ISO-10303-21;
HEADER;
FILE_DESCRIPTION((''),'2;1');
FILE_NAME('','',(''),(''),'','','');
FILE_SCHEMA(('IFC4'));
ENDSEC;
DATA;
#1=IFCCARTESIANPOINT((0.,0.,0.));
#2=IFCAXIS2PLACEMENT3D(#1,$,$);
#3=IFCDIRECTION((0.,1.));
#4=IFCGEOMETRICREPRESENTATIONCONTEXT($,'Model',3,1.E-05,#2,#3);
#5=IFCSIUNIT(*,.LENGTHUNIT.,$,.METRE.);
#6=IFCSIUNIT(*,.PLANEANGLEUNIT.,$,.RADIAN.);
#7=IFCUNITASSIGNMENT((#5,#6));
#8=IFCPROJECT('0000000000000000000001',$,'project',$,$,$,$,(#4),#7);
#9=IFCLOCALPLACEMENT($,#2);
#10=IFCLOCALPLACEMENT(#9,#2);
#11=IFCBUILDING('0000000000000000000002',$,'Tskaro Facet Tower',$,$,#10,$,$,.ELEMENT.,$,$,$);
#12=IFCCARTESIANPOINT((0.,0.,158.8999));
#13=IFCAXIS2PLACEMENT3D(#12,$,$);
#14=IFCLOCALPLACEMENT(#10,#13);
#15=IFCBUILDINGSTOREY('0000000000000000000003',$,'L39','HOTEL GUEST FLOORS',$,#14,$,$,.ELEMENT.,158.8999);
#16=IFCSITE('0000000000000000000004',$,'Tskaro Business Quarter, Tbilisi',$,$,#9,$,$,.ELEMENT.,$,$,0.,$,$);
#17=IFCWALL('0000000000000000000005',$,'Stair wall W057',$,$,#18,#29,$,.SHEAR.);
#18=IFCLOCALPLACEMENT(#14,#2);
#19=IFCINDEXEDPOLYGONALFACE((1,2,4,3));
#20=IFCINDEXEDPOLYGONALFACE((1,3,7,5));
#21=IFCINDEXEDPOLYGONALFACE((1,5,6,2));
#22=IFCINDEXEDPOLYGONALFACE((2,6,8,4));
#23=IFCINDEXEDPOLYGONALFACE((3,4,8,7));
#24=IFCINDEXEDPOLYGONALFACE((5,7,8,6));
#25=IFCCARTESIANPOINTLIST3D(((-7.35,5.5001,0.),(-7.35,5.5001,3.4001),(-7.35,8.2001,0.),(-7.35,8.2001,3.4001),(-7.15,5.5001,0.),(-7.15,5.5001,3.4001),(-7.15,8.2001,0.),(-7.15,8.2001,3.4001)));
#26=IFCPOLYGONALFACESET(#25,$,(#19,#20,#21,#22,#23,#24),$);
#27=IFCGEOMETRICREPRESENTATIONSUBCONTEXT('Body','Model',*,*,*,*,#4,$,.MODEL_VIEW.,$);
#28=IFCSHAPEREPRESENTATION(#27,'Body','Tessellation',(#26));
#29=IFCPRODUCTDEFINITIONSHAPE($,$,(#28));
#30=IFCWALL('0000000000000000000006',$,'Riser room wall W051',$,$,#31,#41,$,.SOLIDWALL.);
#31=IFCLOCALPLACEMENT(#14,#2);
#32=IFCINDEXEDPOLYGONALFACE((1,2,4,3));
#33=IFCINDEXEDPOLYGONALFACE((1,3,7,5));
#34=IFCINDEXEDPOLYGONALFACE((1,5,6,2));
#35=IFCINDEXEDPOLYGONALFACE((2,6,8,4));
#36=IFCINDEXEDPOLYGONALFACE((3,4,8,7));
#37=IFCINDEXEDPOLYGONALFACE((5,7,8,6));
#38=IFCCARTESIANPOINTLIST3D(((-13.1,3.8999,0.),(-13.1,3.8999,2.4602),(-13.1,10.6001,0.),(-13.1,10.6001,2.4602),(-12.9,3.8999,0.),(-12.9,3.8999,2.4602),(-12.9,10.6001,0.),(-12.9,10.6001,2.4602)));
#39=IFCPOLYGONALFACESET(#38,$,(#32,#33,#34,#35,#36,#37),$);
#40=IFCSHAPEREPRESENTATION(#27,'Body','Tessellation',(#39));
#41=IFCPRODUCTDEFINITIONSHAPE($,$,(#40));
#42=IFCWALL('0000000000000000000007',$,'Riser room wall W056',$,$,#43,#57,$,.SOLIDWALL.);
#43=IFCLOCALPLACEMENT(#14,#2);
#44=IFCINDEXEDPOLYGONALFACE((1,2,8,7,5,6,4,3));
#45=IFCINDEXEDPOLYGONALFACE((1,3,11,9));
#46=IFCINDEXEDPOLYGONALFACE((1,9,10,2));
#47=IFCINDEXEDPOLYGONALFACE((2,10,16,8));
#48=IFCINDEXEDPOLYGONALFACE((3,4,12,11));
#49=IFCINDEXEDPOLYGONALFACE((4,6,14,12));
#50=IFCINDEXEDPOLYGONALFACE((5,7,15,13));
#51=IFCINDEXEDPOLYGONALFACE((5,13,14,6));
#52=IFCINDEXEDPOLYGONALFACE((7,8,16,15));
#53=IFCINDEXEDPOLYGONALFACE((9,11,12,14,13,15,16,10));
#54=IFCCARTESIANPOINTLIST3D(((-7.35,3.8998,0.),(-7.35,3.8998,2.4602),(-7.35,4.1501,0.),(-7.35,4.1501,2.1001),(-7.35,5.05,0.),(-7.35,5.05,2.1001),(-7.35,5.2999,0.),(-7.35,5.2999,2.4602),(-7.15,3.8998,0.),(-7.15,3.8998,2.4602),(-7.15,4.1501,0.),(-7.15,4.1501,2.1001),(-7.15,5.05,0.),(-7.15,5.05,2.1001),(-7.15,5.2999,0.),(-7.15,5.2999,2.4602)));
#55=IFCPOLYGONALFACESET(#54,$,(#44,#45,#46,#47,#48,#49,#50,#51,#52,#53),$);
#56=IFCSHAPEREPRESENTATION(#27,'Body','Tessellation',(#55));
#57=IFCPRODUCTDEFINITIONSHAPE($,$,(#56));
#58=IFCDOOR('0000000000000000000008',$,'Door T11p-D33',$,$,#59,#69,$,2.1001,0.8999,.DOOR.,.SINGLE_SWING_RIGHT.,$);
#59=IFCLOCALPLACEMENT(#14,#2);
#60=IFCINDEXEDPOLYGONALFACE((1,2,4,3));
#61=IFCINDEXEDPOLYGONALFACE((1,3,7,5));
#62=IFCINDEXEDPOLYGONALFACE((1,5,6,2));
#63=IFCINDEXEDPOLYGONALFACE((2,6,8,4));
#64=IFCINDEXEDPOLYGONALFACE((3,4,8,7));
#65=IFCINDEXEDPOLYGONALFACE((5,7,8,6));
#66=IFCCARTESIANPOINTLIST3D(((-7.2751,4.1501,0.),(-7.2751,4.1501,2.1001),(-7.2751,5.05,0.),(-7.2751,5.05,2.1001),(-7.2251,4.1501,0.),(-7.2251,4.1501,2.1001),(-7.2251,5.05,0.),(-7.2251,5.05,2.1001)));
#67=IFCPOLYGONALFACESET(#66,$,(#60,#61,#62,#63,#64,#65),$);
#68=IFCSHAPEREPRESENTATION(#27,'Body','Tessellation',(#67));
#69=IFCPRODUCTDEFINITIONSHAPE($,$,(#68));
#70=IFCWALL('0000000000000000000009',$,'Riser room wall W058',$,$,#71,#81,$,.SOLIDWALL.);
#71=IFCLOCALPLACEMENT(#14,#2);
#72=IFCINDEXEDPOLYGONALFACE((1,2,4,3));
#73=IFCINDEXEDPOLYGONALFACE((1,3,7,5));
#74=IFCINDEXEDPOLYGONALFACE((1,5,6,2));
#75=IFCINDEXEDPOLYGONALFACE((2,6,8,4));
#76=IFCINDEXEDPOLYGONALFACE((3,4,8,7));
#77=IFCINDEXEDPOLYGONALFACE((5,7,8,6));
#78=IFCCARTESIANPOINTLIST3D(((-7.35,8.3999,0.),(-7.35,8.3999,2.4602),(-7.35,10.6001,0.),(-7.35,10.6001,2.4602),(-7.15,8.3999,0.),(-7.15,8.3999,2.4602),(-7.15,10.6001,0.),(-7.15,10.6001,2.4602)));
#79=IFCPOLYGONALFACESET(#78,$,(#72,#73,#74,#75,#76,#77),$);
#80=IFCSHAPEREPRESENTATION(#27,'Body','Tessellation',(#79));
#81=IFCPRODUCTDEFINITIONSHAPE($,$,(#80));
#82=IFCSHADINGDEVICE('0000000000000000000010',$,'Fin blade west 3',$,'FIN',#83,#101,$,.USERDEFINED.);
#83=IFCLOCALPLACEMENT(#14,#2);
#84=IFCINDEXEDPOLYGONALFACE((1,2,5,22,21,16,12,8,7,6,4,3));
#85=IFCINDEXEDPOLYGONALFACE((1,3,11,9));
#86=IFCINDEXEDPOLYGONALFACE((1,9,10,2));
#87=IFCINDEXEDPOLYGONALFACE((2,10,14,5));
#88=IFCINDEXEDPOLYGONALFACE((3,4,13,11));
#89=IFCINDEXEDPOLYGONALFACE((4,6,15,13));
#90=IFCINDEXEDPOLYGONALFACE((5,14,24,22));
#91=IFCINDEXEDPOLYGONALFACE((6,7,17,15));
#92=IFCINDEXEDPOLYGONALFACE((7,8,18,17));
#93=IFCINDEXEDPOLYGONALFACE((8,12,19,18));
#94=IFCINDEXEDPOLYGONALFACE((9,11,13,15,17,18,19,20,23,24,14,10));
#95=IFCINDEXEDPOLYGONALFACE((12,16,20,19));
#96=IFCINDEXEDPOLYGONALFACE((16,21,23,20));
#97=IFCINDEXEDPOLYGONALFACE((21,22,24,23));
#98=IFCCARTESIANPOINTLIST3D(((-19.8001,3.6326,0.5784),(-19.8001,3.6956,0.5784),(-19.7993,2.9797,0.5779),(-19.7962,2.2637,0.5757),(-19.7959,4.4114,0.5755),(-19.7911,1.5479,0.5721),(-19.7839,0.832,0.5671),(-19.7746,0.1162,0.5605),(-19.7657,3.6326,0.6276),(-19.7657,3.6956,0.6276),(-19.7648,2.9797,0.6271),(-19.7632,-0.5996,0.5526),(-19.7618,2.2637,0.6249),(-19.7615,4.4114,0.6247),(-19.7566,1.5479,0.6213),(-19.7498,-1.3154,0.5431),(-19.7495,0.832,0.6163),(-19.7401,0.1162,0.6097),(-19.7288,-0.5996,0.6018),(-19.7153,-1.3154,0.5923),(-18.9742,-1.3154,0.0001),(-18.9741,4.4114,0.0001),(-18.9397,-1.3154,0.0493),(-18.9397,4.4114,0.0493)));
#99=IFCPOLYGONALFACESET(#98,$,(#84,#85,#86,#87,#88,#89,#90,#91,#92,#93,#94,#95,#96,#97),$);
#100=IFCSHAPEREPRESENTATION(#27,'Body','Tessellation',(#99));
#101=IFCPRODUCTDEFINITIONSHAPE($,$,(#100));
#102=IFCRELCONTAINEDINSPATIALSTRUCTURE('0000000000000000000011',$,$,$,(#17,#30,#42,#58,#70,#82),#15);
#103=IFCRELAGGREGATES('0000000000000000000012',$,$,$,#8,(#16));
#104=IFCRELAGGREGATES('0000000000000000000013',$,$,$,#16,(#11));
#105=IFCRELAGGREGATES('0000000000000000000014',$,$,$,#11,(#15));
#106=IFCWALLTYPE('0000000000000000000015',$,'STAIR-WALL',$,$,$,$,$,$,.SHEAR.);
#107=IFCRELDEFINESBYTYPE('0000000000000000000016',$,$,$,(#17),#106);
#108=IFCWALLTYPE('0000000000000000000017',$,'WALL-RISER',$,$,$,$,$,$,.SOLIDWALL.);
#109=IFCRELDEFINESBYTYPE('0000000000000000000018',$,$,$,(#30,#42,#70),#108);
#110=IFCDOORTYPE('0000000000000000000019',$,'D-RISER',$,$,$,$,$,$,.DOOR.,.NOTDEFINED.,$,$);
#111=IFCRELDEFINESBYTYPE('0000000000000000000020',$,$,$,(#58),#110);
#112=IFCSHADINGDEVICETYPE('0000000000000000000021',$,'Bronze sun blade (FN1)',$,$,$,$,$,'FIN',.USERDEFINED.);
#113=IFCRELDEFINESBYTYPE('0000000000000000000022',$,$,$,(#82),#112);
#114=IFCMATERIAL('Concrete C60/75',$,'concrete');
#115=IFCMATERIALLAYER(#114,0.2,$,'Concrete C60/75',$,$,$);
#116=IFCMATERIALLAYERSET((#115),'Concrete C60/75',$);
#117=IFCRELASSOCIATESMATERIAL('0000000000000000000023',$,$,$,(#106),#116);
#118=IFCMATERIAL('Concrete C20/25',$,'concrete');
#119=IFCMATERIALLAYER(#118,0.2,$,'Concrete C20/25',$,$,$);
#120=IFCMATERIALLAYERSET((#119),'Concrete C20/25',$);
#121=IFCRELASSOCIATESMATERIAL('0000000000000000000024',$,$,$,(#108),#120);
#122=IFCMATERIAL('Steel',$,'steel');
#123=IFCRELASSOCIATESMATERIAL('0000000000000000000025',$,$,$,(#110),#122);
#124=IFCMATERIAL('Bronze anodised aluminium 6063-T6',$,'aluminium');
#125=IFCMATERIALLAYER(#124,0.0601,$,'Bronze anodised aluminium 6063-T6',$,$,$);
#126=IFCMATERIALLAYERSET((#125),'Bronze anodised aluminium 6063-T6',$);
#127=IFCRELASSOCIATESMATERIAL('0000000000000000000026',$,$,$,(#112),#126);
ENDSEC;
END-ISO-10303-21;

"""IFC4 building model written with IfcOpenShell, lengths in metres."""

from ifc_helpers import new_model, si_unit, direction, frame, frame_2d, origin, place, context, subcontext, project, spatial, polyline, rectangle, outline, extrude, material, layer, layer_set, type_object, element, fill, save


model = new_model("IFC4")

# Units and contexts
model_context = context("Model", 3, precision=1e-05, world=origin(), true_north=direction((0.0, 1.0)))
body_context = subcontext(model_context, "Body", "Model", "MODEL_VIEW")
ifc_project = project(units=[si_unit("LENGTHUNIT", "METRE"), si_unit("PLANEANGLEUNIT", "RADIAN")], contexts=[model_context])

# Site, building, storey
site_placement = place(None, origin())
site = spatial("IfcSite", under=ifc_project, at=site_placement, Name="Tskaro Business Quarter, Tbilisi", CompositionType="ELEMENT", RefElevation=0.0)
building_placement = place(site_placement, origin())
building = spatial("IfcBuilding", under=site, at=building_placement, Name="Tskaro Facet Tower", CompositionType="ELEMENT")
storey_placement = place(building_placement, frame((0.0, 0.0, 158.8999)))
storey = spatial("IfcBuildingStorey", under=building, at=storey_placement, Name="L39", Description="HOTEL GUEST FLOORS", CompositionType="ELEMENT", Elevation=158.8999)

# Shared definitions
ifc_material_1 = material(Name="Bronze anodised aluminium 6063-T6", Category="aluminium")

# Shared definitions
ifc_material_2 = material(Name="Concrete C60/75", Category="concrete")

# Walls
ifc_layer_1 = layer(ifc_material_2, 0.2, Name="Concrete C60/75")
ifc_layer_set_1 = layer_set([ifc_layer_1], Name="Concrete C60/75")
wall_type_1 = type_object("IfcWallType", Name="STAIR-WALL", PredefinedType="SHEAR", material=ifc_layer_set_1)
wall_1_placement = place(storey_placement, frame((-7.25, 5.5, 0.0), z_axis=(0.0, 0.0, 1.0), x_axis=(0.0, 1.0, 0.0)))
element("IfcWall", 1, at=wall_1_placement, inside=storey, type_object=wall_type_1, Name="Stair wall W057", PredefinedType="SHEAR", context=body_context, shape_type="SweptSolid", body=[
    extrude(rectangle(XDim=2.7, YDim=0.2, at=frame_2d((1.3501, 0.0))), origin(), (0.0, 0.0, 1.0), 3.4001),
])
ifc_material_3 = material(Name="Concrete C20/25", Category="concrete")
ifc_layer_2 = layer(ifc_material_3, 0.2, Name="Concrete C20/25")
ifc_layer_set_2 = layer_set([ifc_layer_2], Name="Concrete C20/25")
wall_type_2 = type_object("IfcWallType", Name="WALL-RISER", PredefinedType="SOLIDWALL", material=ifc_layer_set_2)
wall_2_placement = place(storey_placement, frame((-13.0, 3.8999, 0.0), z_axis=(0.0, 0.0, 1.0), x_axis=(0.0, 1.0, 0.0)))
element("IfcWall", 2, at=wall_2_placement, inside=storey, type_object=wall_type_2, Name="Riser room wall W051", PredefinedType="SOLIDWALL", context=body_context, shape_type="SweptSolid", body=[
    extrude(rectangle(XDim=6.7002, YDim=0.2, at=frame_2d((3.3501, 0.0))), origin(), (0.0, 0.0, 1.0), 2.4602),
])

# Wall, opening, door
wall_3_placement = place(storey_placement, frame((-7.25, 5.3, 0.0), z_axis=(0.0, 0.0, 1.0), x_axis=(0.0, -1.0, 0.0)))
wall_3 = element("IfcWall", 3, at=wall_3_placement, inside=storey, type_object=wall_type_2, Name="Riser room wall W056", PredefinedType="SOLIDWALL", context=body_context, shape_type="SweptSolid", body=[
    extrude(rectangle(XDim=1.4001, YDim=0.2, at=frame_2d((0.7002, 0.0))), origin(), (0.0, 0.0, 1.0), 2.4602),
])
opening_1_placement = place(wall_3_placement, frame((0.25, 0.0, 0.0)))
opening_1 = element("IfcOpeningElement", 4, at=opening_1_placement, cuts=wall_3, PredefinedType="OPENING", context=body_context, shape_type="SweptSolid", body=[
    extrude(rectangle(XDim=0.8999, YDim=2.1001, at=frame_2d((0.45, 1.05))), frame((0.0, 0.1099, 0.0), z_axis=(0.0, -1.0, 0.0), x_axis=(1.0, 0.0, 0.0)), (0.0, 0.0, 1.0), 0.22),
])
ifc_material_4 = material(Name="Steel", Category="steel")
door_type_1 = type_object("IfcDoorType", Name="D-RISER", OperationType="NOTDEFINED", PredefinedType="DOOR", material=ifc_material_4)
door_1_placement = place(opening_1_placement, origin())
door_1 = element("IfcDoor", 5, at=door_1_placement, inside=storey, type_object=door_type_1, Name="Door T11p-D33", OperationType="SINGLE_SWING_RIGHT", OverallHeight=2.1001, OverallWidth=0.8999, PredefinedType="DOOR", context=body_context, shape_type="SweptSolid", body=[
    extrude(rectangle(XDim=0.8999, YDim=2.1001, at=frame_2d((0.45, 1.05))), frame((0.0, 0.0249, 0.0), z_axis=(0.0, -1.0, 0.0), x_axis=(1.0, 0.0, 0.0)), (0.0, 0.0, 1.0), 0.05),
])
fill(opening_1, door_1)

# Wall
wall_4_placement = place(storey_placement, frame((-7.25, 8.3999, 0.0), z_axis=(0.0, 0.0, 1.0), x_axis=(0.0, 1.0, 0.0)))
element("IfcWall", 6, at=wall_4_placement, inside=storey, type_object=wall_type_2, Name="Riser room wall W058", PredefinedType="SOLIDWALL", context=body_context, shape_type="SweptSolid", body=[
    extrude(rectangle(XDim=2.2002, YDim=0.2, at=frame_2d((1.1001, 0.0))), origin(), (0.0, 0.0, 1.0), 2.4602),
])

# Shading device
ifc_layer_3 = layer(ifc_material_1, 0.0601, Name="Bronze anodised aluminium 6063-T6")
ifc_layer_set_3 = layer_set([ifc_layer_3], Name="Bronze anodised aluminium 6063-T6")
shading_device_type = type_object("IfcShadingDeviceType", Name="Bronze sun blade (FN1)", ElementType="FIN", PredefinedType="USERDEFINED", material=ifc_layer_set_3)
shading_device_placement = place(storey_placement, frame((-18.9397, 4.4114, 0.0493), z_axis=(0.573574, -0.000011, 0.819154), x_axis=(-0.000006, -1.0, -0.000009)))
element("IfcShadingDevice", 7, at=shading_device_placement, inside=storey, type_object=shading_device_type, Name="Fin blade west 3", ObjectType="FIN", PredefinedType="USERDEFINED", context=body_context, shape_type="SweptSolid", body=[
    extrude(outline(polyline([(0.0, 0.0), (5.7268, 0.0), (5.7268, -0.9468), (5.011, -0.9633), (4.2952, -0.9771), (3.5793, -0.9885), (2.8635, -0.9973), (2.1477, -1.0036), (1.4316, -1.0073), (0.7788, -1.0083), (0.7158, -1.0083), (0.0, -1.0032), (0.0, 0.0)])), origin(), (0.0, 0.0, -1.0), 0.0601),
])

save(model, "model.ifc")
